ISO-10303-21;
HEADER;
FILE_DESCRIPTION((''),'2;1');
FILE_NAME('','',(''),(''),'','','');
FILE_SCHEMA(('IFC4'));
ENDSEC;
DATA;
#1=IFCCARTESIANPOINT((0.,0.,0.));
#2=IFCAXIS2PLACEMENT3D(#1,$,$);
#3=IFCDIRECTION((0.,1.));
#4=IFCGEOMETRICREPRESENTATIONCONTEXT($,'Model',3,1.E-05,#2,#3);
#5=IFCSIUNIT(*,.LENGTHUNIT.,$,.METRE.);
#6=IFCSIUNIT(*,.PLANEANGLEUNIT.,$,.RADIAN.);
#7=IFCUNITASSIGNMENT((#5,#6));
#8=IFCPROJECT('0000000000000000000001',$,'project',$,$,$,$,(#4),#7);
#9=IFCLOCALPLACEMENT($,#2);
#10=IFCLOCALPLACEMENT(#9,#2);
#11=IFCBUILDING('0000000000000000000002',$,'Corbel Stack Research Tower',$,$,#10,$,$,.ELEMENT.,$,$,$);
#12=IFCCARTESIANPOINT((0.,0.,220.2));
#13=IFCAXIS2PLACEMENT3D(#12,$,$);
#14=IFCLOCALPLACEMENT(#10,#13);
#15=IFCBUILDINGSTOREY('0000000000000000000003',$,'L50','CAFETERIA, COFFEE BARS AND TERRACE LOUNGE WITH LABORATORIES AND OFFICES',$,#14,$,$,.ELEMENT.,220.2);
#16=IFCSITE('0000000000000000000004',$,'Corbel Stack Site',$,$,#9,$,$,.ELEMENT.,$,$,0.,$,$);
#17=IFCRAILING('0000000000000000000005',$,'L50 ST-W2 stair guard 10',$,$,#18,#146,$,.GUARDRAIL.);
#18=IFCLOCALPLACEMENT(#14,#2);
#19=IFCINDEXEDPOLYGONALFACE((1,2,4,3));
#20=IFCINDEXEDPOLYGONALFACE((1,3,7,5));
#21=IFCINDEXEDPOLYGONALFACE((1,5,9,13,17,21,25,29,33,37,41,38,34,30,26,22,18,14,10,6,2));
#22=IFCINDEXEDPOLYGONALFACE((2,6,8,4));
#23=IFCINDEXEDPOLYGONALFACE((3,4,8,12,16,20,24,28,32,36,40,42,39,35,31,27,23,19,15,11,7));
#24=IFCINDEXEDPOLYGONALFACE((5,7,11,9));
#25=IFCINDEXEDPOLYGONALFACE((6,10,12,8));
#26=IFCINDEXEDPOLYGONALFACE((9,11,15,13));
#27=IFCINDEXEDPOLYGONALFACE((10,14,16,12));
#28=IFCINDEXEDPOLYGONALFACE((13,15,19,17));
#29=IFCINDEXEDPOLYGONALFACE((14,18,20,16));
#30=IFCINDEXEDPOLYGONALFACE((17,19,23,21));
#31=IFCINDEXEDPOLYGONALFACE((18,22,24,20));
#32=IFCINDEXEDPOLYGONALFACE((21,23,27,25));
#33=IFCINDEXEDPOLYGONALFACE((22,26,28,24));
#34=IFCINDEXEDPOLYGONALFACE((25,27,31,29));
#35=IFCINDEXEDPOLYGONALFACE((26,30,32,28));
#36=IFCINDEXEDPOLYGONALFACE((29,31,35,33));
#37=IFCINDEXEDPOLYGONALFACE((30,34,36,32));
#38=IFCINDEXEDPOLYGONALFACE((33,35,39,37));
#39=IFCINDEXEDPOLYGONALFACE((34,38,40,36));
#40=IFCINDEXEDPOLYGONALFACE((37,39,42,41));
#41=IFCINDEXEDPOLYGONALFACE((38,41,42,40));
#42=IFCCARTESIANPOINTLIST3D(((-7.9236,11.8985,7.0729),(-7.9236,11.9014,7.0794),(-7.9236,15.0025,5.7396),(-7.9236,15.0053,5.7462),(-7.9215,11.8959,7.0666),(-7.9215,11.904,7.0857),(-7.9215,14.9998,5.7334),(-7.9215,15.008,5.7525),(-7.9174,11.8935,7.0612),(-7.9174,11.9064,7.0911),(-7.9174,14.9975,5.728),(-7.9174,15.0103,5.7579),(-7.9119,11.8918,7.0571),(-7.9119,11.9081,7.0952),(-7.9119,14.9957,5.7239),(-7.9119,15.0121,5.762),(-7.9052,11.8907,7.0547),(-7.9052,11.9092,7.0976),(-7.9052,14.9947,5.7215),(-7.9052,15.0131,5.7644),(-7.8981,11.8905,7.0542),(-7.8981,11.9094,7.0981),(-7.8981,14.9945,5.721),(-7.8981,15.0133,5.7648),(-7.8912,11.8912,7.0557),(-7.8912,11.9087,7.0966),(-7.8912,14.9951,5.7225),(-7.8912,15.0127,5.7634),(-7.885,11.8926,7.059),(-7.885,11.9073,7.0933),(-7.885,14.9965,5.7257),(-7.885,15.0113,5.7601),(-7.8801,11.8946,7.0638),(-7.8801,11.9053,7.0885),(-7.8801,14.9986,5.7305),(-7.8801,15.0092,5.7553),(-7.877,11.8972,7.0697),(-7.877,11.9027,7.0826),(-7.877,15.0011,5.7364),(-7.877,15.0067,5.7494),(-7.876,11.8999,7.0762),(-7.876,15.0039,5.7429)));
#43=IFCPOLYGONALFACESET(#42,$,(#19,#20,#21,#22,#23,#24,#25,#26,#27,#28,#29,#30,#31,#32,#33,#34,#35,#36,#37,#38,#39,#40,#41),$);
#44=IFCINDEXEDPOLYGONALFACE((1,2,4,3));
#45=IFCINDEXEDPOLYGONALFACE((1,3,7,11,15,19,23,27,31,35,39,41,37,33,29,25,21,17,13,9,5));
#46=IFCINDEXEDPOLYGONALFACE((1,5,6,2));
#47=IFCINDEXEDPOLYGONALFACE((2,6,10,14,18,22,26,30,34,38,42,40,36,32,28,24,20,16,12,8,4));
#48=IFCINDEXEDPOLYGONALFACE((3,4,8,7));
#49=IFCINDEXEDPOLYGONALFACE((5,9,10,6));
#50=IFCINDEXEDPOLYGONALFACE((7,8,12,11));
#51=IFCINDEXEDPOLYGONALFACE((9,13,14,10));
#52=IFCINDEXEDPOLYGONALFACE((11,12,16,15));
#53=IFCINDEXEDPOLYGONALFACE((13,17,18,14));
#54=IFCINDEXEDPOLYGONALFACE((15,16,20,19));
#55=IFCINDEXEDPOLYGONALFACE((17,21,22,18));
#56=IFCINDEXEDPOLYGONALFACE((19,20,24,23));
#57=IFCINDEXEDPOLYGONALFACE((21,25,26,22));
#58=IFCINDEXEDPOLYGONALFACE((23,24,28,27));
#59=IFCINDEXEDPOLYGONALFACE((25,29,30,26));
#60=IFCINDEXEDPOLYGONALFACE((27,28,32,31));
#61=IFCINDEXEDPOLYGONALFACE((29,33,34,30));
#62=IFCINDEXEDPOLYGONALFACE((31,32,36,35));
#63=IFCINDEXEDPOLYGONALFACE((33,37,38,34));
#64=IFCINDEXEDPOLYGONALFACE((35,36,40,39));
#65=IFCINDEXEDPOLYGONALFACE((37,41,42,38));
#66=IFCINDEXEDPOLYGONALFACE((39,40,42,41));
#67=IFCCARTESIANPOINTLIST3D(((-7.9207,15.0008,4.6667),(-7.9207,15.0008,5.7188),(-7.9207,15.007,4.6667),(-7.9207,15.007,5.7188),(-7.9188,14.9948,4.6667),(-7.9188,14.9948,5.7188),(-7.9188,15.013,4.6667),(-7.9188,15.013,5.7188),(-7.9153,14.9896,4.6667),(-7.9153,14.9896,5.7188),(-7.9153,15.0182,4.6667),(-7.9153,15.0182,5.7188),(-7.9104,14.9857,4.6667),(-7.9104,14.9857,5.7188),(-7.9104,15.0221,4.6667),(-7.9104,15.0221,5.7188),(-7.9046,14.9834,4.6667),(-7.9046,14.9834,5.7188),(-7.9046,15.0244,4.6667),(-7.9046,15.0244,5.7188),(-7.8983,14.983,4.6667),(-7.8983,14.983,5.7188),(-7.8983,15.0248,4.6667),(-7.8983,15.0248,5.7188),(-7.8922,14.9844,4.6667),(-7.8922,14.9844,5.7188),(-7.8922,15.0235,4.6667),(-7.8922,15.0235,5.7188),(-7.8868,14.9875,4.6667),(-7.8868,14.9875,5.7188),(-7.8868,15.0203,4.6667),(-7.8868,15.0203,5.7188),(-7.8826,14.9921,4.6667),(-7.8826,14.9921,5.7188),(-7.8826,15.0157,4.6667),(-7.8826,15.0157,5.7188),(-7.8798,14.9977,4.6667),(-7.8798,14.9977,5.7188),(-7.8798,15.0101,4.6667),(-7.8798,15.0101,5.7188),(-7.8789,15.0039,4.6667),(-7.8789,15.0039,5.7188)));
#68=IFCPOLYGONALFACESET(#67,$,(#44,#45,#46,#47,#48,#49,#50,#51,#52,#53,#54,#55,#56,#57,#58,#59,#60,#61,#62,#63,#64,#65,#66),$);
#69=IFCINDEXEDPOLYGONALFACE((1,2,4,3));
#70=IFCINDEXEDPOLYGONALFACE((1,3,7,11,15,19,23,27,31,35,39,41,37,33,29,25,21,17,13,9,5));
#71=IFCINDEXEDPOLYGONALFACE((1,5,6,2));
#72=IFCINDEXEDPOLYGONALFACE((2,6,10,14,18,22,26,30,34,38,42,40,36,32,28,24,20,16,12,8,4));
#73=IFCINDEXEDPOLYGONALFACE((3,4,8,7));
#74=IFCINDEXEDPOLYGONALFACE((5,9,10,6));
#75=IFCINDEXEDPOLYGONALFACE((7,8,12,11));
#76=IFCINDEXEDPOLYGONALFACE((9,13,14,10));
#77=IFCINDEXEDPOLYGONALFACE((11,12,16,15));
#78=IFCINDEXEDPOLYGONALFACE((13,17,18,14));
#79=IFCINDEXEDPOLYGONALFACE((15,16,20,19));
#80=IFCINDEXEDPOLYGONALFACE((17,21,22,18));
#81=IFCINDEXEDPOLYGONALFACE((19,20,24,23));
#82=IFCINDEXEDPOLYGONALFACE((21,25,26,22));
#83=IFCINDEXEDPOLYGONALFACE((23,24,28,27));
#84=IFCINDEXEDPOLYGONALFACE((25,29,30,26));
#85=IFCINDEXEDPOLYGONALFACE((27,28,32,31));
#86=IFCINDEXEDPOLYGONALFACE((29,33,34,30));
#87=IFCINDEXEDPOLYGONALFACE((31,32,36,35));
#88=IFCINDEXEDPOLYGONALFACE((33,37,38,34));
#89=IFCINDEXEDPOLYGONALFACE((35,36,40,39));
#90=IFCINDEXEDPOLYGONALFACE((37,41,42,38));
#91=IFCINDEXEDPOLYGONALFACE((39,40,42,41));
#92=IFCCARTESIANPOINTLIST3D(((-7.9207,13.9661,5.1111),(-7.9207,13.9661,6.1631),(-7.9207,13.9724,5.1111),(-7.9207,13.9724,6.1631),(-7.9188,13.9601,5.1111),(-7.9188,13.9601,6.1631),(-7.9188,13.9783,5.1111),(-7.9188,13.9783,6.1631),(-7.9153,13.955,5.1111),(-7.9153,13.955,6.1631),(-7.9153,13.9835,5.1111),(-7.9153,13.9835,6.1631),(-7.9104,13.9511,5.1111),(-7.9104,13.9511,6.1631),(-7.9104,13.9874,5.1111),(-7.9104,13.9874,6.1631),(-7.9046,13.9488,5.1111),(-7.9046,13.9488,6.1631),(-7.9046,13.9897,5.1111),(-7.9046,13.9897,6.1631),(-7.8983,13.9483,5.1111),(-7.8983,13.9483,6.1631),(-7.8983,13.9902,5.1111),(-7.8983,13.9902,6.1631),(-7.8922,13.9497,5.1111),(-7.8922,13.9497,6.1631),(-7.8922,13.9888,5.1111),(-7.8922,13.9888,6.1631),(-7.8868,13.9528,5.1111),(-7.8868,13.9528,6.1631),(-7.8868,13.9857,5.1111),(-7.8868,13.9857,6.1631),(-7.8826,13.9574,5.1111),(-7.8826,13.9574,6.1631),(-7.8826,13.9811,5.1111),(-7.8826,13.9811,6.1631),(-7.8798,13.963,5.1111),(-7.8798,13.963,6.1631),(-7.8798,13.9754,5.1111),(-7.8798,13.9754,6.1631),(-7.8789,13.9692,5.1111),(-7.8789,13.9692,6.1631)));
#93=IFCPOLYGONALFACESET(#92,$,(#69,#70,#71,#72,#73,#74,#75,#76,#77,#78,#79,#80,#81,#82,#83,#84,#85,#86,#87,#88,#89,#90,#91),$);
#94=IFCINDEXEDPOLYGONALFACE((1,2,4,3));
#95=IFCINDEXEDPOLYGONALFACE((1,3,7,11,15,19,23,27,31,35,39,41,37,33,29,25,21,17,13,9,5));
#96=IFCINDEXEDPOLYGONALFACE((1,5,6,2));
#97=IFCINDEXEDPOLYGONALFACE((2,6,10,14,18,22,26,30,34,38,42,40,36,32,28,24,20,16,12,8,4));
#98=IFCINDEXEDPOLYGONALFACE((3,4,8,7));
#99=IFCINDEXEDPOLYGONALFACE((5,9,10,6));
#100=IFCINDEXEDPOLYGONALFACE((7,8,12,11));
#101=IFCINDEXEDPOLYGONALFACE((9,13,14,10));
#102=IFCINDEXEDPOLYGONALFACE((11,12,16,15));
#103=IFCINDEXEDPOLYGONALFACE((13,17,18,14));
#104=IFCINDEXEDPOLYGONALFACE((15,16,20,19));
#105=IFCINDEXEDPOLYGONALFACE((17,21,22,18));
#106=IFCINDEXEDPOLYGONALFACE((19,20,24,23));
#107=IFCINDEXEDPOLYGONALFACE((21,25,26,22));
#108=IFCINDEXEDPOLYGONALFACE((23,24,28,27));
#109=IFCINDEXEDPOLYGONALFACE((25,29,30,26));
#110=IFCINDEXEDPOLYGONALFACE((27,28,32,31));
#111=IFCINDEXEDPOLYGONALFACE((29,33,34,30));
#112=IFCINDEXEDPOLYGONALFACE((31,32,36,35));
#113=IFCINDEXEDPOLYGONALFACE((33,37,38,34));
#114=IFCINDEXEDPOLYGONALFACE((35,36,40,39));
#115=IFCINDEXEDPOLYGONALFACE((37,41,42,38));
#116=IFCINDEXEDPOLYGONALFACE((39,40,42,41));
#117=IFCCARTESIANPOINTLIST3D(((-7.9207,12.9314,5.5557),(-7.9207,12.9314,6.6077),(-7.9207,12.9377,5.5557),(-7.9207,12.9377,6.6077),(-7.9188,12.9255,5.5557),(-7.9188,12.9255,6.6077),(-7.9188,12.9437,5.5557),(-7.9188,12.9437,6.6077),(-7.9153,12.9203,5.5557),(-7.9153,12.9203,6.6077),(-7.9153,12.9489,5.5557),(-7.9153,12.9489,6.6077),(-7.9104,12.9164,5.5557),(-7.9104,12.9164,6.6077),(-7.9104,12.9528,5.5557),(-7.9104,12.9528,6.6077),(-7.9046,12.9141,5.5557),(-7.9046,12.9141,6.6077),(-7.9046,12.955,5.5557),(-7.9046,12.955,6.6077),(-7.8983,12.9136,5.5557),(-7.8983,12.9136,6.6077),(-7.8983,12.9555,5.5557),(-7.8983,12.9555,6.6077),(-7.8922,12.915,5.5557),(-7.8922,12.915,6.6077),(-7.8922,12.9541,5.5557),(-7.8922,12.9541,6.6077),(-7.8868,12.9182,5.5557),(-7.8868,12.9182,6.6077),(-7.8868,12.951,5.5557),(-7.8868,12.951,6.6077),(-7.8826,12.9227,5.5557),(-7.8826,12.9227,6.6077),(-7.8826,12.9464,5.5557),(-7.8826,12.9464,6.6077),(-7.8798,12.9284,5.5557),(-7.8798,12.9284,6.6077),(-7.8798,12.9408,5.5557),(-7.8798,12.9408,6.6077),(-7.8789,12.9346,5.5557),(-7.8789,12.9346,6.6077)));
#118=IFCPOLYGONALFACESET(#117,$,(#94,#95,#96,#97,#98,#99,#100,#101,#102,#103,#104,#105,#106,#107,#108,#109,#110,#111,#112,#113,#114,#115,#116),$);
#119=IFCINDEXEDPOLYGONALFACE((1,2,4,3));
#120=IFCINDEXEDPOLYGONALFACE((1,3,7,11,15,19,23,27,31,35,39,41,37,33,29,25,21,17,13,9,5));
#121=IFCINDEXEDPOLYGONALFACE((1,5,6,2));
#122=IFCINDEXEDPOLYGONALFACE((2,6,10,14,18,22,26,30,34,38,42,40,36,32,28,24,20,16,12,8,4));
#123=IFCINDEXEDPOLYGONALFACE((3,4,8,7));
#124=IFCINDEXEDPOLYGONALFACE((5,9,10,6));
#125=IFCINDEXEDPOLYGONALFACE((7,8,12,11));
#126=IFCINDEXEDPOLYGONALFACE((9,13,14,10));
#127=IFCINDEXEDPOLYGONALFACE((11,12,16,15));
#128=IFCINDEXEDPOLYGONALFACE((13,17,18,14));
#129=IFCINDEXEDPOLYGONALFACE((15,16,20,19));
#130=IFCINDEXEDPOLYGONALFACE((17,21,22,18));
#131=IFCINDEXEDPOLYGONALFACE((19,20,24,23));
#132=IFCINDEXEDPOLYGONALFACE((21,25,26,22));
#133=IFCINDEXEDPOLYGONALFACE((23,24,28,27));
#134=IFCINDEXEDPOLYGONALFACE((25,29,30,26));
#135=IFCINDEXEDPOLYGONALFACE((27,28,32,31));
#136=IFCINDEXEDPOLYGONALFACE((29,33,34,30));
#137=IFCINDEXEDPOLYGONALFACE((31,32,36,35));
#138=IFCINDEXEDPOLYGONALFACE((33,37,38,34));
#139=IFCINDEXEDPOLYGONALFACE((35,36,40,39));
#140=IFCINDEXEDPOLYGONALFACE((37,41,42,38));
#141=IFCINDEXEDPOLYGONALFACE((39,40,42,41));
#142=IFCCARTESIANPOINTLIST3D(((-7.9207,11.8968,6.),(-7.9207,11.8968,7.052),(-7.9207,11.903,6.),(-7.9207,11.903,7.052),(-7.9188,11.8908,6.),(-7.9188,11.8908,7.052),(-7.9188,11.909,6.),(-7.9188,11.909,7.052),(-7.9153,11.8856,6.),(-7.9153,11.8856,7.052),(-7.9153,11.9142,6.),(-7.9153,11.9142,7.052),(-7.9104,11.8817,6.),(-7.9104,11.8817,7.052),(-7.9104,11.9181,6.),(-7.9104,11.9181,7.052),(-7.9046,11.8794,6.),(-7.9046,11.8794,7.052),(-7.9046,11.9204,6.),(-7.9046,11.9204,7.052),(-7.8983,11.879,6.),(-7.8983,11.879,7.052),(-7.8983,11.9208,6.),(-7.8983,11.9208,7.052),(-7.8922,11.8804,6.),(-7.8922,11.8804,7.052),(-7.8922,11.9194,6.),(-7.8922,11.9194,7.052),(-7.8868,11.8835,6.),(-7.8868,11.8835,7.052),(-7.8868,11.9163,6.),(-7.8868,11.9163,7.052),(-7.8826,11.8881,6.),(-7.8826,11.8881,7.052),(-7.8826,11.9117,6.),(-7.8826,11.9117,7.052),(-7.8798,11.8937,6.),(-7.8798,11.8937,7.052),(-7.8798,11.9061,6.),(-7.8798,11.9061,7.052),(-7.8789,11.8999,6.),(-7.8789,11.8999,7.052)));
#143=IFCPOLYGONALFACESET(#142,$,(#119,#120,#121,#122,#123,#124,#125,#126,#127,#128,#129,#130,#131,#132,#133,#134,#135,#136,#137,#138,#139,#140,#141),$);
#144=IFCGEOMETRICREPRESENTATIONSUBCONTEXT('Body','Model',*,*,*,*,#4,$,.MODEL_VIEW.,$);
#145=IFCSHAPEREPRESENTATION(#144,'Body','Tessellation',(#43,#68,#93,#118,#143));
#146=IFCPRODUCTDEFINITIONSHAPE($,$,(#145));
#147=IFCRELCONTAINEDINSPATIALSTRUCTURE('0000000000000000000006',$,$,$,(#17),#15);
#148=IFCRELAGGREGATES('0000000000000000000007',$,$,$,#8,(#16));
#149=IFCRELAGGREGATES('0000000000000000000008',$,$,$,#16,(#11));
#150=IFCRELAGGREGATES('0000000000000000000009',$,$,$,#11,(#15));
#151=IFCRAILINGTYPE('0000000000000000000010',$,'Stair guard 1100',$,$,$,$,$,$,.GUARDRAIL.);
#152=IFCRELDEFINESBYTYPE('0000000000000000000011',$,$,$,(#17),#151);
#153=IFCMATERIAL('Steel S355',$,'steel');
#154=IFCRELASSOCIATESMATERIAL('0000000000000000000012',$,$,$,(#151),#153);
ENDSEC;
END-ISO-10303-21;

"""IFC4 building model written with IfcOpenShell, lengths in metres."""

from ifc_helpers import new_model, si_unit, direction, frame, origin, origin_2d, place, context, subcontext, project, spatial, circle, extrude, material, type_object, element, save


model = new_model("IFC4")

# Units and contexts
model_context = context("Model", 3, precision=1e-05, world=origin(), true_north=direction((0.0, 1.0)))
body_context = subcontext(model_context, "Body", "Model", "MODEL_VIEW")
ifc_project = project(units=[si_unit("LENGTHUNIT", "METRE"), si_unit("PLANEANGLEUNIT", "RADIAN")], contexts=[model_context])

# Site, building, storey
site_placement = place(None, origin())
site = spatial("IfcSite", under=ifc_project, at=site_placement, Name="Corbel Stack Site", CompositionType="ELEMENT", RefElevation=0.0)
building_placement = place(site_placement, origin())
building = spatial("IfcBuilding", under=site, at=building_placement, Name="Corbel Stack Research Tower", CompositionType="ELEMENT")
storey_placement = place(building_placement, frame((0.0, 0.0, 220.2)))
storey = spatial("IfcBuildingStorey", under=building, at=storey_placement, Name="L50", Description="CAFETERIA, COFFEE BARS AND TERRACE LOUNGE WITH LABORATORIES AND OFFICES", CompositionType="ELEMENT", Elevation=220.2)

# Railing
ifc_material_1 = material(Name="Steel S355", Category="steel")
railing_type_1 = type_object("IfcRailingType", Name="Stair guard 1100", PredefinedType="GUARDRAIL", material=ifc_material_1)
railing_1_placement = place(storey_placement, frame((-7.8999, 15.0039, 4.6667)))
element("IfcRailing", 1, at=railing_1_placement, inside=storey, type_object=railing_type_1, Name="L50 ST-W2 stair guard 10", PredefinedType="GUARDRAIL", context=body_context, shape_type="SweptSolid", body=[
    extrude(circle(Radius=0.0239, at=origin_2d()), frame((0.0, 0.0, 1.0762), z_axis=(0.0, -0.918827, 0.394661), x_axis=(1.0, 0.0, 0.0)), (0.0, 0.0, 1.0), 3.3782),
    extrude(circle(Radius=0.021, at=origin_2d()), origin(), (0.0, 0.0, 1.0), 1.052),
    extrude(circle(Radius=0.021, at=origin_2d()), frame((0.0, -1.0347, 0.4443)), (0.0, 0.0, 1.0), 1.052),
    extrude(circle(Radius=0.021, at=origin_2d()), frame((0.0, -2.0693, 0.8889)), (0.0, 0.0, 1.0), 1.052),
    extrude(circle(Radius=0.021, at=origin_2d()), frame((0.0, -3.104, 1.3333)), (0.0, 0.0, 1.0), 1.052),
])

save(model, "model.ifc")
